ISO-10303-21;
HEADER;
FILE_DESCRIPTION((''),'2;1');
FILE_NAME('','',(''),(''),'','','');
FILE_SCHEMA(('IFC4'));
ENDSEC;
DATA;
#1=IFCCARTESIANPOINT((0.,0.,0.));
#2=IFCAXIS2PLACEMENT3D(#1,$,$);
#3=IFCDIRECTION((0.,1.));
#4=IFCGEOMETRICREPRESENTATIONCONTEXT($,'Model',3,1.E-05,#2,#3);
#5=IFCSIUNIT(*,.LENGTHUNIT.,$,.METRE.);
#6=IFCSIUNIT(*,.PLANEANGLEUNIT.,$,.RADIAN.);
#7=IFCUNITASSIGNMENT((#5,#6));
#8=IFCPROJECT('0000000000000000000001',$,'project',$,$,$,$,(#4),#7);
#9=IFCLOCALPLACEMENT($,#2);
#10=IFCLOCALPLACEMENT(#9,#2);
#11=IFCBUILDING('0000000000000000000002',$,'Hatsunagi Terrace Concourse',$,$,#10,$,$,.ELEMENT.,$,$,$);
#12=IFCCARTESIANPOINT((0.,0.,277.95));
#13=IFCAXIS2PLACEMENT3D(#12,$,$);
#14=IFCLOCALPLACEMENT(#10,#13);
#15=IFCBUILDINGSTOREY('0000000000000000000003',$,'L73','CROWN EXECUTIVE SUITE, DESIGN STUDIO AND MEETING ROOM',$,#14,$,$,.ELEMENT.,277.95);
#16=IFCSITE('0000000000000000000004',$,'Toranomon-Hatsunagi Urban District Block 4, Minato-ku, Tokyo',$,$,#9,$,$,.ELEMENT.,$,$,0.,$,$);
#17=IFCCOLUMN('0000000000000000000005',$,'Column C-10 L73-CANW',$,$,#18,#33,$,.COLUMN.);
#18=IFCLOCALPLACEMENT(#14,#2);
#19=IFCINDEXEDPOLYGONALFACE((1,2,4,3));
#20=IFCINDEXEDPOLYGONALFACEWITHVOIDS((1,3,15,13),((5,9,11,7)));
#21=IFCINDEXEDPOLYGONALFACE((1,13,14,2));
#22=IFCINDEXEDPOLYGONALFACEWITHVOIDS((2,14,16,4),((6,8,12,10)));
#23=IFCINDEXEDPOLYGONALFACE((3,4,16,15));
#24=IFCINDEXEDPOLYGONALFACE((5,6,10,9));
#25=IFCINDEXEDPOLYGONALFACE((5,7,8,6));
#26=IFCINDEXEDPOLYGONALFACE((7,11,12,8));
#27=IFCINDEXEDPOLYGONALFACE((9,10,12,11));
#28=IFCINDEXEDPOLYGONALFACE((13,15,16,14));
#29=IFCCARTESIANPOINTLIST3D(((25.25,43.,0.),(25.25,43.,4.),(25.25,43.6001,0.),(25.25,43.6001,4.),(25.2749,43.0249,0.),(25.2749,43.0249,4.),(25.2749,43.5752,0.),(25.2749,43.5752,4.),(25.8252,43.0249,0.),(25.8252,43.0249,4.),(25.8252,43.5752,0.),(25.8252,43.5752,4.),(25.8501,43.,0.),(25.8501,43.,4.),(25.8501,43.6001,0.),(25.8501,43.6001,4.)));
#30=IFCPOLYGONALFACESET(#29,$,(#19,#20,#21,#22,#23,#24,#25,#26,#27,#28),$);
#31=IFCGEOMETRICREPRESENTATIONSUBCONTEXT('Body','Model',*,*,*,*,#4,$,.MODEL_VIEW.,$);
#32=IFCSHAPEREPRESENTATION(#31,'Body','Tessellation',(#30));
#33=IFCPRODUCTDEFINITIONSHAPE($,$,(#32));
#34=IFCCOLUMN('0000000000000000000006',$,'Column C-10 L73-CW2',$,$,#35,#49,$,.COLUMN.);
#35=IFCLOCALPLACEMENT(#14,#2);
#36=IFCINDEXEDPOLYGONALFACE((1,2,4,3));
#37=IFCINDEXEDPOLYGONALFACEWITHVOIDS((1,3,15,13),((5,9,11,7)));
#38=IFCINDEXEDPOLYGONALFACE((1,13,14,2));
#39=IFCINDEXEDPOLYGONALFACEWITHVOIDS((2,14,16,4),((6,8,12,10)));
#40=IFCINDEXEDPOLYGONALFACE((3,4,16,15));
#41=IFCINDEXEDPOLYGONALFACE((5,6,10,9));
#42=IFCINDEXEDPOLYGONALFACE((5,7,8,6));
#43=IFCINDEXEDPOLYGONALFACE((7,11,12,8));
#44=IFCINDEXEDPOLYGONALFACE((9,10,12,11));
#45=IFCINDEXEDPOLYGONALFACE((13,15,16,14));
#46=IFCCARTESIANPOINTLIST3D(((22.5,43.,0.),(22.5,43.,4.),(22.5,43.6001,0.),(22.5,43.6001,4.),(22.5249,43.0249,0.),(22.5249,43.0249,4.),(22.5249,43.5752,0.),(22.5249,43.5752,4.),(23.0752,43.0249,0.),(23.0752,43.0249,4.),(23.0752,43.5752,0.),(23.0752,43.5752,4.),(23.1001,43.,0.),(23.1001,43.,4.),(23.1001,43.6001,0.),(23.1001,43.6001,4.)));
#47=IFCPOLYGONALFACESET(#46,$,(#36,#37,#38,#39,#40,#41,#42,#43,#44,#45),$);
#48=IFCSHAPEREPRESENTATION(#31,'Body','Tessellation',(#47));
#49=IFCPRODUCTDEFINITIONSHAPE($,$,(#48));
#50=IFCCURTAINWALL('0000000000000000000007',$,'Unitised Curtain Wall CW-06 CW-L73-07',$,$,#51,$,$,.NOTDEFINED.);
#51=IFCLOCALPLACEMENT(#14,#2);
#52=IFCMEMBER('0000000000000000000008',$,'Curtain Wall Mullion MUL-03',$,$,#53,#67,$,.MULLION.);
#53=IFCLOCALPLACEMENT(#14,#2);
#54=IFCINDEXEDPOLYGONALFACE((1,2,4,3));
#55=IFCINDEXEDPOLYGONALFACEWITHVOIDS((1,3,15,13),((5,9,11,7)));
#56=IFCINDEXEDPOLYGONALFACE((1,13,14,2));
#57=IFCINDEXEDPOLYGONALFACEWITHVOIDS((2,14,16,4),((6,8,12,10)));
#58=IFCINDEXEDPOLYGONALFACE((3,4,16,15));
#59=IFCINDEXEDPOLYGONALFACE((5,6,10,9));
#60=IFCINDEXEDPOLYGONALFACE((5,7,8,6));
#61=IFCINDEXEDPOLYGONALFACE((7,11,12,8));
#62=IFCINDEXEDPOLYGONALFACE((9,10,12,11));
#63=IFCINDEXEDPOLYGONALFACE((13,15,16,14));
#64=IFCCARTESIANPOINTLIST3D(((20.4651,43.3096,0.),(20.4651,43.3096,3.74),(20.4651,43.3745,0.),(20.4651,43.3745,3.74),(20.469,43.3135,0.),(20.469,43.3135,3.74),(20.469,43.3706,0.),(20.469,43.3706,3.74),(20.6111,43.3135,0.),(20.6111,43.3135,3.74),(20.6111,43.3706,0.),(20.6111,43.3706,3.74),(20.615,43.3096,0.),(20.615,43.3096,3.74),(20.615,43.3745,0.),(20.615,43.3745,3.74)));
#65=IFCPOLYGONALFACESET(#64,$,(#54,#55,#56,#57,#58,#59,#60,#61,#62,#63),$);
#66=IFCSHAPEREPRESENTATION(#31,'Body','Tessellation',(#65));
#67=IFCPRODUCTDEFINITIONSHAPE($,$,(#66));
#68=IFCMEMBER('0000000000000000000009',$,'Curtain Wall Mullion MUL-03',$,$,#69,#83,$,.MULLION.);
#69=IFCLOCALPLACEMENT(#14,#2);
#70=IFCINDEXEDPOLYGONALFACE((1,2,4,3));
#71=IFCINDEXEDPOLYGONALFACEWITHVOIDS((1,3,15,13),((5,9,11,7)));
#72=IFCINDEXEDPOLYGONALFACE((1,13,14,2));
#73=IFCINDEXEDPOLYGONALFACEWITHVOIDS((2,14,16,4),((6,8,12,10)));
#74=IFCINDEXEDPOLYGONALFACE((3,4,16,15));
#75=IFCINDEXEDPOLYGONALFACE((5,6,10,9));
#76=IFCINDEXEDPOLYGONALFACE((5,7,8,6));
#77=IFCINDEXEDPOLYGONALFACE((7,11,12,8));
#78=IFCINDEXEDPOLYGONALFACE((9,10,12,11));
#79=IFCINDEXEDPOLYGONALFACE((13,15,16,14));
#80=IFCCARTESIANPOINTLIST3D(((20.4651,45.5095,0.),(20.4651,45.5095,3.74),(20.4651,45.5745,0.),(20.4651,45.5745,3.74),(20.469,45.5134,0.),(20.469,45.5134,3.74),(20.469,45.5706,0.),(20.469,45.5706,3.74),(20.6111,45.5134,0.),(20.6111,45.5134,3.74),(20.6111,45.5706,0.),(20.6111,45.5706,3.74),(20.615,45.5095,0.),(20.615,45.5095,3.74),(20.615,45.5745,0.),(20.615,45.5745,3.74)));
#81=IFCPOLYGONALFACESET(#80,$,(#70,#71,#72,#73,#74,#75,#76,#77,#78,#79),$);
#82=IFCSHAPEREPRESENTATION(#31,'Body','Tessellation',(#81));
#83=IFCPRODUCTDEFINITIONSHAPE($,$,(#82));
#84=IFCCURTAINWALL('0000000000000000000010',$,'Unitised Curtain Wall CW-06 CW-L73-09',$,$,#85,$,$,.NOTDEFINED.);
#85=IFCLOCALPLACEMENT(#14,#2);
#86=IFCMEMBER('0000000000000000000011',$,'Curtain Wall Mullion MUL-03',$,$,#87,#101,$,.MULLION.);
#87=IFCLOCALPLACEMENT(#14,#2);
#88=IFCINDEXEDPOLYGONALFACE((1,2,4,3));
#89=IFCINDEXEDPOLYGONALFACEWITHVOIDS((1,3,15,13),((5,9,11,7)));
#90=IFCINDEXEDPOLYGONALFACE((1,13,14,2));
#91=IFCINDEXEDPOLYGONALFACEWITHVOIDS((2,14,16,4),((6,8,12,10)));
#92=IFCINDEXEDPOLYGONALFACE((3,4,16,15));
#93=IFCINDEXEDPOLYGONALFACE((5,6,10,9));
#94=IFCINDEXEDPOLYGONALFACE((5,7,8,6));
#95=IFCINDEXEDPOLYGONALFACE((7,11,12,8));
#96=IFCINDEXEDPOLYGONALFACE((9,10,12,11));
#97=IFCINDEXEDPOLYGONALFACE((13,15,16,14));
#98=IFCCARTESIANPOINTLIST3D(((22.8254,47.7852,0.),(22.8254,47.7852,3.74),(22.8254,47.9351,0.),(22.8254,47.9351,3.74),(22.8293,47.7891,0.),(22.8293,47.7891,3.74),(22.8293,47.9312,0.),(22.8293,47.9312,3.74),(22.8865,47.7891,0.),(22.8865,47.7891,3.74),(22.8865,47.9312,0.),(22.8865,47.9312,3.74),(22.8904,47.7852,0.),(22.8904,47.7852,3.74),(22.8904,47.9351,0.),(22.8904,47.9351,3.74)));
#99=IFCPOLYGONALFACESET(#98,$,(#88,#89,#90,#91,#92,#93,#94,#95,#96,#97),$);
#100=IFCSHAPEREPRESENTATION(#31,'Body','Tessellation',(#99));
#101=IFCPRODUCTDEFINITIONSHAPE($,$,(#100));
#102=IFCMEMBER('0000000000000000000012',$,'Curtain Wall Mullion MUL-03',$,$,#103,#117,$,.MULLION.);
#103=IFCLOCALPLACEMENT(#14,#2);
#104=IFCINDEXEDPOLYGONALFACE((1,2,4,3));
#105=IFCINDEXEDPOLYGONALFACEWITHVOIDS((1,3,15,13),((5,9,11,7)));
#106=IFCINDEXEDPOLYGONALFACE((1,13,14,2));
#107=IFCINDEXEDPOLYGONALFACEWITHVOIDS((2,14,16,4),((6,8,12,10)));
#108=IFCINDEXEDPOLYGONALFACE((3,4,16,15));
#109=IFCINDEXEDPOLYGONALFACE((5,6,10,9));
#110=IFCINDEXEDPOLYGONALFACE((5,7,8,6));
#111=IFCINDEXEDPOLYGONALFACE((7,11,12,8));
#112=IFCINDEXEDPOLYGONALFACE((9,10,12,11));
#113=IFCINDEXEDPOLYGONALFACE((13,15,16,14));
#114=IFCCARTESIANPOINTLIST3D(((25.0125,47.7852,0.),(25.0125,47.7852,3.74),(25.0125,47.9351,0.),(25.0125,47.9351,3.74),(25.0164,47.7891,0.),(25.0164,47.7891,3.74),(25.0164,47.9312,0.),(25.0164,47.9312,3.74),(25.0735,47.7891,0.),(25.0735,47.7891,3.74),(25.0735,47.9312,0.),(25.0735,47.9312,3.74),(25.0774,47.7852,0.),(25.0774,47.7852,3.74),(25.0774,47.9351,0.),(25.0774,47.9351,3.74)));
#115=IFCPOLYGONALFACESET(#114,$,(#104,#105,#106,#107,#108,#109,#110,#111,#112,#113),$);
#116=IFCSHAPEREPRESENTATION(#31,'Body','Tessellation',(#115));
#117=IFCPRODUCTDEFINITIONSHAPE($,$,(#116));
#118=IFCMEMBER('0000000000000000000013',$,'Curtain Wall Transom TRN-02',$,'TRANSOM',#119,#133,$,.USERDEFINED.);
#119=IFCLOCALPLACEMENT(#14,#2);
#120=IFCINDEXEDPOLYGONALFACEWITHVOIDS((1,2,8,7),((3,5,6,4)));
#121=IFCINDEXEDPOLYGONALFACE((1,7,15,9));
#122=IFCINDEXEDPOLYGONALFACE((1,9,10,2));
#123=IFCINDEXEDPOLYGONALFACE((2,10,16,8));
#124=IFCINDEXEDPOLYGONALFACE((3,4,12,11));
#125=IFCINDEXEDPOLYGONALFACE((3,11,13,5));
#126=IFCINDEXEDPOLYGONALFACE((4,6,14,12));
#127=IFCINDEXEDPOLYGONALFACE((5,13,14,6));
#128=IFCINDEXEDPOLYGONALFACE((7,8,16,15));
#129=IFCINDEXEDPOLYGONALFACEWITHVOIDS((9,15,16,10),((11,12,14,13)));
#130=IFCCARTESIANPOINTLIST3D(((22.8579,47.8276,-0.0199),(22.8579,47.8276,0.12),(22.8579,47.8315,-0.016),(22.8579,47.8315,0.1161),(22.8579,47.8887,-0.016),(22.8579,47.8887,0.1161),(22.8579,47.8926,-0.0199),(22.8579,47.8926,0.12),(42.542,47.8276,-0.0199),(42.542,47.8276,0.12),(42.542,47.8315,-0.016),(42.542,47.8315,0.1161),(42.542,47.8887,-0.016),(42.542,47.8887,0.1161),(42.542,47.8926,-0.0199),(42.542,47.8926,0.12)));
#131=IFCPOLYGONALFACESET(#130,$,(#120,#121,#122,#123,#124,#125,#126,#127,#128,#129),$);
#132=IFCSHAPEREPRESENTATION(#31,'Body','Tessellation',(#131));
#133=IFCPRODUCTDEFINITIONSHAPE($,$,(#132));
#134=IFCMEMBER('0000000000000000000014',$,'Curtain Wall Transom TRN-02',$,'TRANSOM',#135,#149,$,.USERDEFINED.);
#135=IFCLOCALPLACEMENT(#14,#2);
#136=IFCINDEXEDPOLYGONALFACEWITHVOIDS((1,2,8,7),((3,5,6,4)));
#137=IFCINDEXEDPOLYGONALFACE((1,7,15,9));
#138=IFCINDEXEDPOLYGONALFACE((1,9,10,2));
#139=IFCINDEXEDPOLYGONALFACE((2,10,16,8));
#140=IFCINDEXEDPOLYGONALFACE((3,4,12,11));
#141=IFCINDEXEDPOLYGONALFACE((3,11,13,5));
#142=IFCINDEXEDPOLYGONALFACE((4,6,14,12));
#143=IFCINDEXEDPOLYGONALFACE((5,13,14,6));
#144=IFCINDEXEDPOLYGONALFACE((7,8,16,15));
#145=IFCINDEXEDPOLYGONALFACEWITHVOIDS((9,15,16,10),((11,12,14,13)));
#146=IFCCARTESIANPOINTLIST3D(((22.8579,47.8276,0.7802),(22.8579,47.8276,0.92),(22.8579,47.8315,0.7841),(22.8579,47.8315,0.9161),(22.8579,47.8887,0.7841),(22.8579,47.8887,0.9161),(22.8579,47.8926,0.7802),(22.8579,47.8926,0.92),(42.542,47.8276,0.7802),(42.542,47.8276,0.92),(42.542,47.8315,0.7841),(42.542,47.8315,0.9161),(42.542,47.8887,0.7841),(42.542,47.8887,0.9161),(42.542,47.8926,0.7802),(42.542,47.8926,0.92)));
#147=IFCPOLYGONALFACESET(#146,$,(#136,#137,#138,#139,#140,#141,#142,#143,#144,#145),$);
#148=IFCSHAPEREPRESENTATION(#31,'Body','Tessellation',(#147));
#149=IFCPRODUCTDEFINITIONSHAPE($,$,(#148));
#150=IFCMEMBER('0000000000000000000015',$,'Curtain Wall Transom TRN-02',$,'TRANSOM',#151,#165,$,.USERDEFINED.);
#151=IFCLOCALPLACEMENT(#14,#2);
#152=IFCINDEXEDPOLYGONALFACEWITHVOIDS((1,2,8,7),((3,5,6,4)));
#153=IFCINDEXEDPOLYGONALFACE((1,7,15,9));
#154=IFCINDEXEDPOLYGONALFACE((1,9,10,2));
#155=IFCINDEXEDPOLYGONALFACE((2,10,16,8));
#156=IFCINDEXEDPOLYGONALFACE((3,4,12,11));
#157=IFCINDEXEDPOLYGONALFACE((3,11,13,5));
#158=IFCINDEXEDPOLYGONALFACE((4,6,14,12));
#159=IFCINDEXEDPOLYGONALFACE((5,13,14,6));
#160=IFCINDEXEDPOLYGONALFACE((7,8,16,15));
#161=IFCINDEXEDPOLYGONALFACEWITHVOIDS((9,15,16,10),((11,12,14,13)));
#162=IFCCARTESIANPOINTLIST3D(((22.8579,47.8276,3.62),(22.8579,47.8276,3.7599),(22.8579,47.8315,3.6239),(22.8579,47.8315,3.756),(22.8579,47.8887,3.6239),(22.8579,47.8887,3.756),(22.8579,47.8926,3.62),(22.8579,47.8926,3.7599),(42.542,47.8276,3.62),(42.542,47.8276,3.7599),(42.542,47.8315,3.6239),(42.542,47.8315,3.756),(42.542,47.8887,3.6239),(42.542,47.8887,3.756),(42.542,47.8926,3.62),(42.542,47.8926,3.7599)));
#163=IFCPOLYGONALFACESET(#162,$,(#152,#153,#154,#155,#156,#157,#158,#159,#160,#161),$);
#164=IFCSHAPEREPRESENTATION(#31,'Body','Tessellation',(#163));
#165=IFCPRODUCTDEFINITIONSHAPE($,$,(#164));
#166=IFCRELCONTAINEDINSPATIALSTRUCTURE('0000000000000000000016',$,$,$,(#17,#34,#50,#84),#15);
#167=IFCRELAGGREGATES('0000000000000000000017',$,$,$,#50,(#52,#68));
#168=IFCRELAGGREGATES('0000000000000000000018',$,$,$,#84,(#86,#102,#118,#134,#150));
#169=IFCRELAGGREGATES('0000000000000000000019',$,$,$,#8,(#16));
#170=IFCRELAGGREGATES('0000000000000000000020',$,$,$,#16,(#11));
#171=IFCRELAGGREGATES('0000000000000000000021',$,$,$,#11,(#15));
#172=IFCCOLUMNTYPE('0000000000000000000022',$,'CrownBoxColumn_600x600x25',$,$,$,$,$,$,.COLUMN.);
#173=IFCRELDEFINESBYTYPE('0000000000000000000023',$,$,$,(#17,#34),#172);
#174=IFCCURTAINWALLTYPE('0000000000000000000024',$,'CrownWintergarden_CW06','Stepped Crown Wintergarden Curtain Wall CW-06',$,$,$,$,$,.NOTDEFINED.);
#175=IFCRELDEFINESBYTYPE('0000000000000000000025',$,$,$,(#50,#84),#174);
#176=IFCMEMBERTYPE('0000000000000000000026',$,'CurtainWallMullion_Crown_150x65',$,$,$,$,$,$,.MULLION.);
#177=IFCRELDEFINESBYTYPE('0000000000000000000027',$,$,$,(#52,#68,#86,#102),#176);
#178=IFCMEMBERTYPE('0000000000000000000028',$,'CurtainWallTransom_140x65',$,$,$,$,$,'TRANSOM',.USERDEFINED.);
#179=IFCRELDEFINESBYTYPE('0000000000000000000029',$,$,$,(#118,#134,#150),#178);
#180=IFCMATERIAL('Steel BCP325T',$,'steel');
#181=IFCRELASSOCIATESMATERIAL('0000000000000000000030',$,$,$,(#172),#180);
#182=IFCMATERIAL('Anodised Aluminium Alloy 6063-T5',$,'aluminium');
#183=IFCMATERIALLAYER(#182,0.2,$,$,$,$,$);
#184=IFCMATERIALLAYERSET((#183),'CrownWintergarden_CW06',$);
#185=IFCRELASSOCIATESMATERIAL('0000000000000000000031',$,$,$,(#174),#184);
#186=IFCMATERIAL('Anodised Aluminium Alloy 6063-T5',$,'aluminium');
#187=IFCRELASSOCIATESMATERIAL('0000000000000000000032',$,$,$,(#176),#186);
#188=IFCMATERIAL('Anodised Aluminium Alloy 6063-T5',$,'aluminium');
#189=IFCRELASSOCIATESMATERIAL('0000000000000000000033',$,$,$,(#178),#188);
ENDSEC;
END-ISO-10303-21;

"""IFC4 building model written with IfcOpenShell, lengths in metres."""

from ifc_helpers import new_model, si_unit, direction, frame, origin, origin_2d, place, context, subcontext, project, spatial, hollow_rectangle, extrude, material, layer, layer_set, material_profile, profile_set, type_object, element, aggregate, save


model = new_model("IFC4")

# Units and contexts
model_context = context("Model", 3, precision=1e-05, world=origin(), true_north=direction((0.0, 1.0)))
body_context = subcontext(model_context, "Body", "Model", "MODEL_VIEW")
ifc_project = project(units=[si_unit("LENGTHUNIT", "METRE"), si_unit("PLANEANGLEUNIT", "RADIAN")], contexts=[model_context])

# Site, building, storey
site_placement = place(None, origin())
site = spatial("IfcSite", under=ifc_project, at=site_placement, Name="Toranomon-Hatsunagi Urban District Block 4, Minato-ku, Tokyo", CompositionType="ELEMENT", RefElevation=0.0)
building_placement = place(site_placement, origin())
building = spatial("IfcBuilding", under=site, at=building_placement, Name="Hatsunagi Terrace Concourse", CompositionType="ELEMENT")
storey_placement = place(building_placement, frame((0.0, 0.0, 277.95)))
storey = spatial("IfcBuildingStorey", under=building, at=storey_placement, Name="L73", Description="CROWN EXECUTIVE SUITE, DESIGN STUDIO AND MEETING ROOM", CompositionType="ELEMENT", Elevation=277.95)

# Columns
ifc_material_1 = material(Name="Steel BCP325T", Category="steel")
ifc_material_profile_1 = material_profile(ifc_material_1, hollow_rectangle(XDim=0.6001, YDim=0.6001, WallThickness=0.0249, at=origin_2d()), Name="BCP-600x600x25")
ifc_profile_set_1 = profile_set([ifc_material_profile_1], Name="Steel BCP325T")
column_type = type_object("IfcColumnType", Name="CrownBoxColumn_600x600x25", PredefinedType="COLUMN", material=ifc_profile_set_1)
for number, where, z_axis, x_axis, name in (
    (1, (25.55, 43.3, 0.0), (0.0, 0.0, 1.0), (1.0, 0.0, 0.0), "Column C-10 L73-CANW"),
    (2, (22.8, 43.3, 0.0), (0.0, 0.0, 1.0), (1.0, 0.0, 0.0), "Column C-10 L73-CW2"),
):
    element("IfcColumn", number, at=place(storey_placement, frame(where, z_axis=z_axis, x_axis=x_axis)), inside=storey, type_object=column_type, Name=name, PredefinedType="COLUMN", context=body_context, shape_type="SweptSolid", body=[
        extrude(hollow_rectangle(XDim=0.6001, YDim=0.6001, WallThickness=0.0249, at=origin_2d()), origin(), (0.0, 0.0, 1.0), 4.0),
    ])

# Curtain walls, members
ifc_material_2 = material(Name="Anodised Aluminium Alloy 6063-T5", Category="aluminium")
ifc_layer_1 = layer(ifc_material_2, 0.2)
ifc_layer_set_1 = layer_set([ifc_layer_1], Name="CrownWintergarden_CW06")
curtain_wall_type = type_object("IfcCurtainWallType", Name="CrownWintergarden_CW06", Description="Stepped Crown Wintergarden Curtain Wall CW-06", PredefinedType="NOTDEFINED", material=ifc_layer_set_1)
curtain_wall_1_placement = place(storey_placement, origin())
curtain_wall_1 = element("IfcCurtainWall", 3, at=curtain_wall_1_placement, inside=storey, type_object=curtain_wall_type, Name="Unitised Curtain Wall CW-06 CW-L73-07", PredefinedType="NOTDEFINED")
ifc_material_3 = material(Name="Anodised Aluminium Alloy 6063-T5", Category="aluminium")
ifc_material_profile_2 = material_profile(ifc_material_3, hollow_rectangle(XDim=0.0649, YDim=0.1499, WallThickness=0.0039, at=origin_2d()), Name="ALU-MUL-150x65x4")
ifc_profile_set_2 = profile_set([ifc_material_profile_2], Name="Anodised Aluminium Alloy 6063-T5")
member_type_1 = type_object("IfcMemberType", Name="CurtainWallMullion_Crown_150x65", PredefinedType="MULLION", material=ifc_profile_set_2)
member_1_placement = place(storey_placement, frame((20.54, 43.342, 0.0), z_axis=(0.0, 0.0, 1.0), x_axis=(0.0, 1.0, 0.0)))
member_1 = element("IfcMember", 4, at=member_1_placement, type_object=member_type_1, Name="Curtain Wall Mullion MUL-03", PredefinedType="MULLION", context=body_context, shape_type="SweptSolid", body=[
    extrude(hollow_rectangle(XDim=0.0649, YDim=0.1499, WallThickness=0.0039, at=origin_2d()), origin(), (0.0, 0.0, 1.0), 3.74),
])
member_2_placement = place(storey_placement, frame((20.54, 45.542, 0.0), z_axis=(0.0, 0.0, 1.0), x_axis=(0.0, 1.0, 0.0)))
member_2 = element("IfcMember", 5, at=member_2_placement, type_object=member_type_1, Name="Curtain Wall Mullion MUL-03", PredefinedType="MULLION", context=body_context, shape_type="SweptSolid", body=[
    extrude(hollow_rectangle(XDim=0.0649, YDim=0.1499, WallThickness=0.0039, at=origin_2d()), origin(), (0.0, 0.0, 1.0), 3.74),
])
curtain_wall_2_placement = place(storey_placement, origin())
curtain_wall_2 = element("IfcCurtainWall", 6, at=curtain_wall_2_placement, inside=storey, type_object=curtain_wall_type, Name="Unitised Curtain Wall CW-06 CW-L73-09", PredefinedType="NOTDEFINED")
member_3_placement = place(storey_placement, frame((22.8579, 47.8601, 0.0), z_axis=(0.0, 0.0, 1.0), x_axis=(1.0, 0.0, 0.0)))
member_3 = element("IfcMember", 7, at=member_3_placement, type_object=member_type_1, Name="Curtain Wall Mullion MUL-03", PredefinedType="MULLION", context=body_context, shape_type="SweptSolid", body=[
    extrude(hollow_rectangle(XDim=0.0649, YDim=0.1499, WallThickness=0.0039, at=origin_2d()), origin(), (0.0, 0.0, 1.0), 3.74),
])
member_4_placement = place(storey_placement, frame((25.0449, 47.8601, 0.0), z_axis=(0.0, 0.0, 1.0), x_axis=(1.0, 0.0, 0.0)))
member_4 = element("IfcMember", 8, at=member_4_placement, type_object=member_type_1, Name="Curtain Wall Mullion MUL-03", PredefinedType="MULLION", context=body_context, shape_type="SweptSolid", body=[
    extrude(hollow_rectangle(XDim=0.0649, YDim=0.1499, WallThickness=0.0039, at=origin_2d()), origin(), (0.0, 0.0, 1.0), 3.74),
])
ifc_material_4 = material(Name="Anodised Aluminium Alloy 6063-T5", Category="aluminium")
ifc_material_profile_3 = material_profile(ifc_material_4, hollow_rectangle(XDim=0.0649, YDim=0.1399, WallThickness=0.0039, at=origin_2d()), Name="ALU-TRN-140x65x4")
ifc_profile_set_3 = profile_set([ifc_material_profile_3], Name="Anodised Aluminium Alloy 6063-T5")
member_type_2 = type_object("IfcMemberType", Name="CurtainWallTransom_140x65", ElementType="TRANSOM", PredefinedType="USERDEFINED", material=ifc_profile_set_3)
member_5_placement = place(storey_placement, frame((22.8579, 47.8601, 0.05), z_axis=(1.0, 0.0, 0.0), x_axis=(0.0, 1.0, 0.0)))
member_5 = element("IfcMember", 9, at=member_5_placement, type_object=member_type_2, Name="Curtain Wall Transom TRN-02", ObjectType="TRANSOM", PredefinedType="USERDEFINED", context=body_context, shape_type="SweptSolid", body=[
    extrude(hollow_rectangle(XDim=0.0649, YDim=0.1399, WallThickness=0.0039, at=origin_2d()), origin(), (0.0, 0.0, 1.0), 19.6841),
])
member_6_placement = place(storey_placement, frame((22.8579, 47.8601, 0.8501), z_axis=(1.0, 0.0, 0.0), x_axis=(0.0, 1.0, 0.0)))
member_6 = element("IfcMember", 10, at=member_6_placement, type_object=member_type_2, Name="Curtain Wall Transom TRN-02", ObjectType="TRANSOM", PredefinedType="USERDEFINED", context=body_context, shape_type="SweptSolid", body=[
    extrude(hollow_rectangle(XDim=0.0649, YDim=0.1399, WallThickness=0.0039, at=origin_2d()), origin(), (0.0, 0.0, 1.0), 19.6841),
])
member_7_placement = place(storey_placement, frame((22.8579, 47.8601, 3.6899), z_axis=(1.0, 0.0, 0.0), x_axis=(0.0, 1.0, 0.0)))
member_7 = element("IfcMember", 11, at=member_7_placement, type_object=member_type_2, Name="Curtain Wall Transom TRN-02", ObjectType="TRANSOM", PredefinedType="USERDEFINED", context=body_context, shape_type="SweptSolid", body=[
    extrude(hollow_rectangle(XDim=0.0649, YDim=0.1399, WallThickness=0.0039, at=origin_2d()), origin(), (0.0, 0.0, 1.0), 19.6841),
])

aggregate(curtain_wall_1, [member_1, member_2])
aggregate(curtain_wall_2, [member_3, member_4, member_5, member_6, member_7])

save(model, "model.ifc")
